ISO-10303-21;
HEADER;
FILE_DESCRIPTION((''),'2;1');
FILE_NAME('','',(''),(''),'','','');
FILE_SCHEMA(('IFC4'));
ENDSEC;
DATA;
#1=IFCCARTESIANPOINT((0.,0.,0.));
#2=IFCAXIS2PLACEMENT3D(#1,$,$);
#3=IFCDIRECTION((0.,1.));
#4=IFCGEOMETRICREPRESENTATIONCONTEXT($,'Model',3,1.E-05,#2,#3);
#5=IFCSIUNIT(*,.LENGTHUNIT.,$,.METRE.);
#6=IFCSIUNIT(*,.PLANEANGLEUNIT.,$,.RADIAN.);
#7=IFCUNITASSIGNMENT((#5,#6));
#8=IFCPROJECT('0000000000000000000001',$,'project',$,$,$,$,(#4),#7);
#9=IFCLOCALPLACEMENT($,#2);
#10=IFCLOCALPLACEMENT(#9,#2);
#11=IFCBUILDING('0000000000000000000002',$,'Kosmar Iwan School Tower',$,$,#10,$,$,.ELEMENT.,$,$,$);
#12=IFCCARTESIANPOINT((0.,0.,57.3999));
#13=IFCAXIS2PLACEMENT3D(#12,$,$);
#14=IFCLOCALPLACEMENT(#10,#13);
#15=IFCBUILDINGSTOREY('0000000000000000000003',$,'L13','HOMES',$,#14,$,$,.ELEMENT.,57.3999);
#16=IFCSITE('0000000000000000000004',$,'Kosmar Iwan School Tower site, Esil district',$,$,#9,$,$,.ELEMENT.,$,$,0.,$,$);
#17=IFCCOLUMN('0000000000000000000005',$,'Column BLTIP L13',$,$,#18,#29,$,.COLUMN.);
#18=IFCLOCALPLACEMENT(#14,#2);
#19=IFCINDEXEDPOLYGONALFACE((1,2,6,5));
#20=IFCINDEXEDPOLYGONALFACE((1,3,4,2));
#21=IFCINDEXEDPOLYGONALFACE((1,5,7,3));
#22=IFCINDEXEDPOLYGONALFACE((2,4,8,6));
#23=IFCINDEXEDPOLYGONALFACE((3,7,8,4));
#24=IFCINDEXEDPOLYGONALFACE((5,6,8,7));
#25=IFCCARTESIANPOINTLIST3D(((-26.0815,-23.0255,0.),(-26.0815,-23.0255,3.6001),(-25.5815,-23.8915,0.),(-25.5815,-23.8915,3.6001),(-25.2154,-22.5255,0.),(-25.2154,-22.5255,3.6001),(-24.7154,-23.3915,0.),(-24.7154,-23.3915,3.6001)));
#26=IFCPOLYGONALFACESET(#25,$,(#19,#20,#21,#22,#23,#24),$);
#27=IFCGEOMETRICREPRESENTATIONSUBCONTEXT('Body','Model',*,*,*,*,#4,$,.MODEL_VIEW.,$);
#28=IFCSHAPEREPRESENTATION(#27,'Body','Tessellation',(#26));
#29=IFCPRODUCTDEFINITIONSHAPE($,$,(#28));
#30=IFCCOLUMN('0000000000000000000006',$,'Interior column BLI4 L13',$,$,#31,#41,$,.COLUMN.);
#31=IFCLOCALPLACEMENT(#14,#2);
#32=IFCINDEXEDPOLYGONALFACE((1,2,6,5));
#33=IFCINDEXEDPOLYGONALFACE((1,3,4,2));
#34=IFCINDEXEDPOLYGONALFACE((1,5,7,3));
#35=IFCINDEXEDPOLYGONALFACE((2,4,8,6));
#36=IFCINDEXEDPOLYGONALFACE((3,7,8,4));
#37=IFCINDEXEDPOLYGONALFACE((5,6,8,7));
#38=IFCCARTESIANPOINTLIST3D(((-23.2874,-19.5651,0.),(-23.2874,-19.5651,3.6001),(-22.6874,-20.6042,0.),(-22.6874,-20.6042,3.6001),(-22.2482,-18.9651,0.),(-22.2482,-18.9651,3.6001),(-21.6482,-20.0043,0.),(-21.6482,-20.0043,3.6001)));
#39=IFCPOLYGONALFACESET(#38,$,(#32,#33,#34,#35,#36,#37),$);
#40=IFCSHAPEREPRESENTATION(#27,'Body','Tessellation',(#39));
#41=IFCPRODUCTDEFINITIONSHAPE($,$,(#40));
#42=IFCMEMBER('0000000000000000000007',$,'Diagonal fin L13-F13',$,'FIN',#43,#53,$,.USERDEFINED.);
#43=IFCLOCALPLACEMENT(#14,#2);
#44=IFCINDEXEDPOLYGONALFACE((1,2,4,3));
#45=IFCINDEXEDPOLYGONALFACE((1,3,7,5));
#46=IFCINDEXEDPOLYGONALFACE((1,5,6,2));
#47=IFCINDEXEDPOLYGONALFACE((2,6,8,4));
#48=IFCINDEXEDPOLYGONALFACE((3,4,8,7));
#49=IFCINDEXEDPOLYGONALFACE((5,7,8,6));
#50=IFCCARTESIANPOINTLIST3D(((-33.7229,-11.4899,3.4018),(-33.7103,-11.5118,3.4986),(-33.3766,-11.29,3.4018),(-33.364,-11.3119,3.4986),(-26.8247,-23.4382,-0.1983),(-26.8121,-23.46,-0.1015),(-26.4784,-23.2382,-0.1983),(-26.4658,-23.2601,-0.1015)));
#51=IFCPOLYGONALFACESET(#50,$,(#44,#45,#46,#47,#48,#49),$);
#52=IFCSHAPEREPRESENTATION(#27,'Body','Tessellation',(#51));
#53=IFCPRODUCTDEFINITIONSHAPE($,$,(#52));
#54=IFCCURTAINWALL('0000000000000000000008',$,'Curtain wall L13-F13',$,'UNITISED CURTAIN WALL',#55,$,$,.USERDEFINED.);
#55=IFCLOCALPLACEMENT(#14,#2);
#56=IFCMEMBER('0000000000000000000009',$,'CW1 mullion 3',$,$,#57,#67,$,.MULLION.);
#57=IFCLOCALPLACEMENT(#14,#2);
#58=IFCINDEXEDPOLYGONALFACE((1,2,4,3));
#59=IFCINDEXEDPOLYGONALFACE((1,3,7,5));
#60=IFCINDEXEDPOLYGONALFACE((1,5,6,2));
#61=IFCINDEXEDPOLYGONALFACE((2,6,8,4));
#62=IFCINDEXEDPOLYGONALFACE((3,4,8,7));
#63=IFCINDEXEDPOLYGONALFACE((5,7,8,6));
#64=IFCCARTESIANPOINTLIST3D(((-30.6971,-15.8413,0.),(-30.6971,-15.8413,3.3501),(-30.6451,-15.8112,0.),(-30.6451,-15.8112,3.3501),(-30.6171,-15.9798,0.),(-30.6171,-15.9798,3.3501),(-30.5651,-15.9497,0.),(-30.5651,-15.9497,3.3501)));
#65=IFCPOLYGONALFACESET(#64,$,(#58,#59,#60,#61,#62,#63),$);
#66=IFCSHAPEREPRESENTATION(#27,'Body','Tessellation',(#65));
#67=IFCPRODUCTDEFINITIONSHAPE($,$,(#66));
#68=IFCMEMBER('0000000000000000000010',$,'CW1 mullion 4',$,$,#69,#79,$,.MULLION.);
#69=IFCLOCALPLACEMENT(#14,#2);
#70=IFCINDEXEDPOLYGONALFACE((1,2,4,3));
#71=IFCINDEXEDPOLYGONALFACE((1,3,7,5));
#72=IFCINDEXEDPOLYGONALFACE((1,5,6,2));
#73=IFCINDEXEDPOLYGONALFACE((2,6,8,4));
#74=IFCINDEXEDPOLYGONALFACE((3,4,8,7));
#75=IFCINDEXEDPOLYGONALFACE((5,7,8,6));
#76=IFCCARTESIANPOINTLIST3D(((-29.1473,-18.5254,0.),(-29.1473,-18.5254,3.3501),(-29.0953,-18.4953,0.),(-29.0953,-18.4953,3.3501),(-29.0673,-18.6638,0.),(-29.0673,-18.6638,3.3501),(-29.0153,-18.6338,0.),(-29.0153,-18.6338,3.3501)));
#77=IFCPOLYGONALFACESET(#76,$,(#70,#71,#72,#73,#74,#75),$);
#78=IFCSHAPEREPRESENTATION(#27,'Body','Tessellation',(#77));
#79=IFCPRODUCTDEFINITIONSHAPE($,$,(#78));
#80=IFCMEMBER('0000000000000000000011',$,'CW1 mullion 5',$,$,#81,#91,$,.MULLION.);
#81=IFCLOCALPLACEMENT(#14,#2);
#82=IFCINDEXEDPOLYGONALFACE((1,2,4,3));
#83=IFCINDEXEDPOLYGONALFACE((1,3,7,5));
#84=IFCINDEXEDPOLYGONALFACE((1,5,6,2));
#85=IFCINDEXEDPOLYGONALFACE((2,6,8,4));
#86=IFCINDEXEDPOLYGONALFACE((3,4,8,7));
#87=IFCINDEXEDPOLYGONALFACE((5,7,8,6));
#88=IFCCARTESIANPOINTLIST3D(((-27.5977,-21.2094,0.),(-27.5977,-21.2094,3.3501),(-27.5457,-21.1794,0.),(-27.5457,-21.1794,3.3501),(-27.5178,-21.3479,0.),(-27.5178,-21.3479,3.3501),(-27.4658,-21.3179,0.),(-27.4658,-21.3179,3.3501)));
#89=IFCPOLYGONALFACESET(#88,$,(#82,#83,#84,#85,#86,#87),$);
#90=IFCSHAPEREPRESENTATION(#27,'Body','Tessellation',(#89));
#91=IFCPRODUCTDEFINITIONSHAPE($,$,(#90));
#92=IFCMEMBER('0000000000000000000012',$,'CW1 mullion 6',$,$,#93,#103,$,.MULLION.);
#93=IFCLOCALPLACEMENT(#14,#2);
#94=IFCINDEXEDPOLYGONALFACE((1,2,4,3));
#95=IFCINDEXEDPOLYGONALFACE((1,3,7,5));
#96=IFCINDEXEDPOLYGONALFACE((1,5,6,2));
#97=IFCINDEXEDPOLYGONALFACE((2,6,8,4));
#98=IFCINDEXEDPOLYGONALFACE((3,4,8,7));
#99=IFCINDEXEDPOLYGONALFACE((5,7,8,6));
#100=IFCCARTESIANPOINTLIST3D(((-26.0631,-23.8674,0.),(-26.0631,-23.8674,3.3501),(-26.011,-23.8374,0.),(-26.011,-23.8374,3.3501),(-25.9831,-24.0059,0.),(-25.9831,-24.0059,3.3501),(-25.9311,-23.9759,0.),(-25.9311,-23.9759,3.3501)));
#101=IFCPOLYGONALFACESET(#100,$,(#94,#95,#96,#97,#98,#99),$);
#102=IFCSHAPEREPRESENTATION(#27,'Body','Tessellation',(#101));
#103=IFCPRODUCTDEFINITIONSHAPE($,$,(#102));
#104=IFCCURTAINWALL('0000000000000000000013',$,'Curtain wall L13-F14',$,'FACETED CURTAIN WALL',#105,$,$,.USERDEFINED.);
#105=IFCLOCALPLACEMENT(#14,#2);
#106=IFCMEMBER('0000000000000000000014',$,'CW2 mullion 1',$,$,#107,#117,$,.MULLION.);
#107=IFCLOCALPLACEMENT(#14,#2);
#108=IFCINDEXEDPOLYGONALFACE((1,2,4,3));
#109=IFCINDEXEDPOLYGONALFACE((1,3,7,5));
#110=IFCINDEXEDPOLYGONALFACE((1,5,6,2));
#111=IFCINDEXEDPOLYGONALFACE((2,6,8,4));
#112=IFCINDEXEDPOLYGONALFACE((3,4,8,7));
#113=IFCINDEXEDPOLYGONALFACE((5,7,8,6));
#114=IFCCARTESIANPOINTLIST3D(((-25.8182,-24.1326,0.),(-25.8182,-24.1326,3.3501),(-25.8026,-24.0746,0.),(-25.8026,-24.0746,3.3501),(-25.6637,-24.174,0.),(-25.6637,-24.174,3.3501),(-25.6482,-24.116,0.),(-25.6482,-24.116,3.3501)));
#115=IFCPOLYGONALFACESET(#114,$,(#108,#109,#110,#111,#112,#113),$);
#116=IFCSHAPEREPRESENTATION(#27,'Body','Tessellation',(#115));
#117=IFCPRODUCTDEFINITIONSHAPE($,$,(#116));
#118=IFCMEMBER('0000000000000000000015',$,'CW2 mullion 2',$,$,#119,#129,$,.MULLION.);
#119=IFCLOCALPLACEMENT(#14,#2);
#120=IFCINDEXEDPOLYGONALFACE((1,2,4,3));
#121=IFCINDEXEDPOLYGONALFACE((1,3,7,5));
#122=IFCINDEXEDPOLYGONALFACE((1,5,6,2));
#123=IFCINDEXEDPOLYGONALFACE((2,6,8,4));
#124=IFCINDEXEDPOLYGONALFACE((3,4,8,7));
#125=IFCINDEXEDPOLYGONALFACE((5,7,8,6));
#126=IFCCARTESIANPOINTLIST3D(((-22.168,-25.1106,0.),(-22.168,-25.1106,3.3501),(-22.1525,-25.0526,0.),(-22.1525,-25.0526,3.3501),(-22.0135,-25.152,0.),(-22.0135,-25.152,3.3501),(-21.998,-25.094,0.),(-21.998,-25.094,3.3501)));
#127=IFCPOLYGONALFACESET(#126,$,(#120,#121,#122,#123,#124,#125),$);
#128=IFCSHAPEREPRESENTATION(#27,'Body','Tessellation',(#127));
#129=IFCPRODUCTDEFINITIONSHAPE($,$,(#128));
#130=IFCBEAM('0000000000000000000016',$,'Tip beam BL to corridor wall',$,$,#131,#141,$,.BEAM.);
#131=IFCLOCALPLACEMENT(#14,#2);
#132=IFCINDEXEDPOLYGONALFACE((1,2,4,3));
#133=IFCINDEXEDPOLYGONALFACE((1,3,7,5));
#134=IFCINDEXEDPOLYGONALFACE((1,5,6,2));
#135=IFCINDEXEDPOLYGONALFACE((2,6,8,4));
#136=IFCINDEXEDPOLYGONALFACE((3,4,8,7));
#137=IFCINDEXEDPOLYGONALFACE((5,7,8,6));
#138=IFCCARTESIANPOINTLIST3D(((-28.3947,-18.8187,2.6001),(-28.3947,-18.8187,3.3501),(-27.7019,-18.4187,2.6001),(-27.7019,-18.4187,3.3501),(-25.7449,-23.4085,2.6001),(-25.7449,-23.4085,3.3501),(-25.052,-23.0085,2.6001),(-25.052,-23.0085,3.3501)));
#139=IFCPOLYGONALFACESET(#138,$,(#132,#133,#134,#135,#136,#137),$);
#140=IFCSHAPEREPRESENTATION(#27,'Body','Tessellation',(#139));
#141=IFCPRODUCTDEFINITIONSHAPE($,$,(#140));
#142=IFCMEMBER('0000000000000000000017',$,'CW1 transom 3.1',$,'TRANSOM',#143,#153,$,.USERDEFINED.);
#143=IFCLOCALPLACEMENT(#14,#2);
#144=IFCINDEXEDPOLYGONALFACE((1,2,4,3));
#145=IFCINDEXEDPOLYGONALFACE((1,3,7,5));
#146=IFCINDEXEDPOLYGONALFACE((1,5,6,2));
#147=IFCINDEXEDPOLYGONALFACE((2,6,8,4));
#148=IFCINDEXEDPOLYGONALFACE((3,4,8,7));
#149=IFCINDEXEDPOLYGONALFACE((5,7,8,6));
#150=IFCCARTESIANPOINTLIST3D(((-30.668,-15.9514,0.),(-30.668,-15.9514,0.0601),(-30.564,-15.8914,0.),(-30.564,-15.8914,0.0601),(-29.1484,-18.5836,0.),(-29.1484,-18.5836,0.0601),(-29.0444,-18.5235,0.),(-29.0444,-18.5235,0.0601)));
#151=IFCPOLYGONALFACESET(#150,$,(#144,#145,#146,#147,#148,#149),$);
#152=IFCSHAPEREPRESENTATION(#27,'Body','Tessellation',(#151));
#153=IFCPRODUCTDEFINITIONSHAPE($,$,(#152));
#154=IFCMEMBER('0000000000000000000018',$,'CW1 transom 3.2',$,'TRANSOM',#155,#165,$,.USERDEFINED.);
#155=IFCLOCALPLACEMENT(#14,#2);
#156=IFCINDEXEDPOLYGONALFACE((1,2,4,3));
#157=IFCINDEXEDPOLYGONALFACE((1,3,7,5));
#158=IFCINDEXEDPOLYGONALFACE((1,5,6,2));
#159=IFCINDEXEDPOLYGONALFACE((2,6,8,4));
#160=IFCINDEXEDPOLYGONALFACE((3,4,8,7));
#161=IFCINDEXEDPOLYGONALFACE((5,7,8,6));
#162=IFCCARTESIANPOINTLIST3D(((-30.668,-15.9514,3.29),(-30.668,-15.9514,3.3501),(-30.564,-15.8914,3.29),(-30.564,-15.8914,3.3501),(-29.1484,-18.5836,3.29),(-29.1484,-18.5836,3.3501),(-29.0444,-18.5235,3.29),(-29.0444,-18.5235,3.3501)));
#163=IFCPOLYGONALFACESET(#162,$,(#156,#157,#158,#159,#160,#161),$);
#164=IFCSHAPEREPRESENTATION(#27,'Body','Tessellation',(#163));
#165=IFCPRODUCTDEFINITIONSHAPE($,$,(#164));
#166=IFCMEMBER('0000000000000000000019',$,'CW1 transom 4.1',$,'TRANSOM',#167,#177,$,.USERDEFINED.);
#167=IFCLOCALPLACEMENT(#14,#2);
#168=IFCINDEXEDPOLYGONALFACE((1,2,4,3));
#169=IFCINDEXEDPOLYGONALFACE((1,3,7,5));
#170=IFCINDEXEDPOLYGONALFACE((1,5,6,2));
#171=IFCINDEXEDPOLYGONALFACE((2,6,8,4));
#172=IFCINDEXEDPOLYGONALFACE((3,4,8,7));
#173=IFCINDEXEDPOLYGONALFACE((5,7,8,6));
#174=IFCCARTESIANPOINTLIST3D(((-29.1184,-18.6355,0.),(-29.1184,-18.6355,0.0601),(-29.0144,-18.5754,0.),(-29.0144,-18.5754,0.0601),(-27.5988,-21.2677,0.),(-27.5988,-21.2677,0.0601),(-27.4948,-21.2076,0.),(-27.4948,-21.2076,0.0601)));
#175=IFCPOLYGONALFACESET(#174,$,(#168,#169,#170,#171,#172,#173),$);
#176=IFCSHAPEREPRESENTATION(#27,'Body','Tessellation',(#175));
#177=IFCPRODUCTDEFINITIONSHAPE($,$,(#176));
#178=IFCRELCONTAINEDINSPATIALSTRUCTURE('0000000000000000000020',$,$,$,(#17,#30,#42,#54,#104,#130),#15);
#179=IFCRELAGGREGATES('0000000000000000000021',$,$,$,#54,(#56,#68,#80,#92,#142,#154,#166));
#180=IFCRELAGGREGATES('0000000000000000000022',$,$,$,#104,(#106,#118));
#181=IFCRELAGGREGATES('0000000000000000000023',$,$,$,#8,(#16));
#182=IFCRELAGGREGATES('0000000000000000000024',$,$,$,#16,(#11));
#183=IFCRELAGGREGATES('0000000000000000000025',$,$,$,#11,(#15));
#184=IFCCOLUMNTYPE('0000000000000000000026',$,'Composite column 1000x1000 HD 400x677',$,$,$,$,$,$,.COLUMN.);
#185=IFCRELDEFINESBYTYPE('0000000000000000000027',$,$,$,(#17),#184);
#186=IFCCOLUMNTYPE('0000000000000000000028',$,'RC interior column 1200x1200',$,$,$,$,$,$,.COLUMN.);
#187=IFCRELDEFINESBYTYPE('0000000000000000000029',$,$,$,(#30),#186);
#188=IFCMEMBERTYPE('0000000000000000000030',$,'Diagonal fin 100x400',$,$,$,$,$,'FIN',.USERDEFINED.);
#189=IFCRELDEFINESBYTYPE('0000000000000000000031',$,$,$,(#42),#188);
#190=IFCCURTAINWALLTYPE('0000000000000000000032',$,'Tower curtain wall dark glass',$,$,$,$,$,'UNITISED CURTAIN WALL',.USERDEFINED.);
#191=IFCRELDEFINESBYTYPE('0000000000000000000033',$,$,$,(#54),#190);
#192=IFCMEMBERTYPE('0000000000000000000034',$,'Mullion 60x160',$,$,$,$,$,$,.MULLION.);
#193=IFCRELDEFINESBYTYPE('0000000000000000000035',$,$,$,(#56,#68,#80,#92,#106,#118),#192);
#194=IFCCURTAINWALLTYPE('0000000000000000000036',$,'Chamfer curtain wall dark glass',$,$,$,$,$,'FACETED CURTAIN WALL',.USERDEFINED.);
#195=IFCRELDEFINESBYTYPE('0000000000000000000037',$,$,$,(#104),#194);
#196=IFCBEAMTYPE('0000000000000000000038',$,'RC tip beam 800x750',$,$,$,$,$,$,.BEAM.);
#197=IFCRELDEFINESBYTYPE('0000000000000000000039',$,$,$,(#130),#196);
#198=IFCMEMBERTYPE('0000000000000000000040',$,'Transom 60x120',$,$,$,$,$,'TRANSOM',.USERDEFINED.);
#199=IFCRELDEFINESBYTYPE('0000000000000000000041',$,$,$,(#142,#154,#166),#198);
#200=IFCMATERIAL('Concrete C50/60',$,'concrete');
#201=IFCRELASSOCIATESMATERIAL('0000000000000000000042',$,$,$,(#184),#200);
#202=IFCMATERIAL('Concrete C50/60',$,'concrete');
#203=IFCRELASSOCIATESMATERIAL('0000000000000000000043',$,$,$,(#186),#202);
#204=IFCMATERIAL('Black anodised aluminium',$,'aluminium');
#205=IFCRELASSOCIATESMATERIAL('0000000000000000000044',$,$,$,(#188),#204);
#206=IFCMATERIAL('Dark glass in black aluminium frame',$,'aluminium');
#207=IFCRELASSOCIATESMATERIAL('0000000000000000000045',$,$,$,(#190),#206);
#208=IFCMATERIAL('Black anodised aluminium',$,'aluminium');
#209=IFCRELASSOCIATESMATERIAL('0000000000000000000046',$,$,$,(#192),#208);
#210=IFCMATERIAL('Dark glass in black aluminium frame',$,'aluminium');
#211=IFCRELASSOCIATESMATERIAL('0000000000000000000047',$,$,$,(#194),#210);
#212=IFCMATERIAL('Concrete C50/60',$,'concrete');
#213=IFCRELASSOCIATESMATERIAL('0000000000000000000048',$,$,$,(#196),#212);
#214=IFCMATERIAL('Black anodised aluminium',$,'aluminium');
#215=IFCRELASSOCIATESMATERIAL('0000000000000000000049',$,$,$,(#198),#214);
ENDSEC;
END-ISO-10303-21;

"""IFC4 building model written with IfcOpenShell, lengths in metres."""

from ifc_helpers import new_model, si_unit, direction, frame, origin, origin_2d, place, context, subcontext, project, spatial, rectangle, extrude, material, material_profile, profile_set, type_object, element, aggregate, save


model = new_model("IFC4")

# Units and contexts
model_context = context("Model", 3, precision=1e-05, world=origin(), true_north=direction((0.0, 1.0)))
body_context = subcontext(model_context, "Body", "Model", "MODEL_VIEW")
ifc_project = project(units=[si_unit("LENGTHUNIT", "METRE"), si_unit("PLANEANGLEUNIT", "RADIAN")], contexts=[model_context])

# Site, building, storey
site_placement = place(None, origin())
site = spatial("IfcSite", under=ifc_project, at=site_placement, Name="Kosmar Iwan School Tower site, Esil district", CompositionType="ELEMENT", RefElevation=0.0)
building_placement = place(site_placement, origin())
building = spatial("IfcBuilding", under=site, at=building_placement, Name="Kosmar Iwan School Tower", CompositionType="ELEMENT")
storey_placement = place(building_placement, frame((0.0, 0.0, 57.3999)))
storey = spatial("IfcBuildingStorey", under=building, at=storey_placement, Name="L13", Description="HOMES", CompositionType="ELEMENT", Elevation=57.3999)

# Columns
ifc_material_1 = material(Name="Concrete C50/60", Category="concrete")
ifc_material_profile_1 = material_profile(ifc_material_1, rectangle(XDim=1.0, YDim=1.0, at=origin_2d()), Name="RC 1000x1000 + HD 400x677")
ifc_profile_set_1 = profile_set([ifc_material_profile_1], Name="Concrete C50/60")
column_type_1 = type_object("IfcColumnType", Name="Composite column 1000x1000 HD 400x677", PredefinedType="COLUMN", material=ifc_profile_set_1)
column_1_placement = place(storey_placement, frame((-25.3984, -23.2085, 0.0), z_axis=(0.0, 0.0, 1.0), x_axis=(-0.866025, -0.5, 0.0)))
element("IfcColumn", 1, at=column_1_placement, inside=storey, type_object=column_type_1, Name="Column BLTIP L13", PredefinedType="COLUMN", context=body_context, shape_type="SweptSolid", body=[
    extrude(rectangle(XDim=1.0, YDim=1.0, at=origin_2d()), origin(), (0.0, 0.0, 1.0), 3.6001),
])
ifc_material_2 = material(Name="Concrete C50/60", Category="concrete")
ifc_material_profile_2 = material_profile(ifc_material_2, rectangle(XDim=1.2, YDim=1.2, at=origin_2d()), Name="RC 1200x1200")
ifc_profile_set_2 = profile_set([ifc_material_profile_2], Name="Concrete C50/60")
column_type_2 = type_object("IfcColumnType", Name="RC interior column 1200x1200", PredefinedType="COLUMN", material=ifc_profile_set_2)
column_2_placement = place(storey_placement, frame((-22.4678, -19.7847, 0.0), z_axis=(0.0, 0.0, 1.0), x_axis=(-0.866025, -0.5, 0.0)))
element("IfcColumn", 2, at=column_2_placement, inside=storey, type_object=column_type_2, Name="Interior column BLI4 L13", PredefinedType="COLUMN", context=body_context, shape_type="SweptSolid", body=[
    extrude(rectangle(XDim=1.2, YDim=1.2, at=origin_2d()), origin(), (0.0, 0.0, 1.0), 3.6001),
])

# Member
ifc_material_3 = material(Name="Black anodised aluminium", Category="aluminium")
ifc_material_profile_3 = material_profile(ifc_material_3, rectangle(XDim=0.1001, YDim=0.3999, at=origin_2d()), Name="FIN 100x400")
ifc_profile_set_3 = profile_set([ifc_material_profile_3], Name="Black anodised aluminium")
member_type_1 = type_object("IfcMemberType", Name="Diagonal fin 100x400", ElementType="FIN", PredefinedType="USERDEFINED", material=ifc_profile_set_3)
member_1_placement = place(storey_placement, frame((-26.6453, -23.3491, -0.1499), z_axis=(-0.483793, 0.83797, 0.252487), x_axis=(0.126242, -0.218661, 0.9676)))
element("IfcMember", 3, at=member_1_placement, inside=storey, type_object=member_type_1, Name="Diagonal fin L13-F13", ObjectType="FIN", PredefinedType="USERDEFINED", context=body_context, shape_type="SweptSolid", body=[
    extrude(rectangle(XDim=0.1001, YDim=0.3999, at=origin_2d()), origin(), (0.0, 0.0, 1.0), 14.2585),
])

# Curtain walls, members
ifc_material_4 = material(Name="Dark glass in black aluminium frame", Category="aluminium")
curtain_wall_type_1 = type_object("IfcCurtainWallType", Name="Tower curtain wall dark glass", ElementType="UNITISED CURTAIN WALL", PredefinedType="USERDEFINED", material=ifc_material_4)
curtain_wall_1_placement = place(storey_placement, origin())
curtain_wall_1 = element("IfcCurtainWall", 4, at=curtain_wall_1_placement, inside=storey, type_object=curtain_wall_type_1, Name="Curtain wall L13-F13", ObjectType="UNITISED CURTAIN WALL", PredefinedType="USERDEFINED")
ifc_material_5 = material(Name="Black anodised aluminium", Category="aluminium")
ifc_material_profile_4 = material_profile(ifc_material_5, rectangle(XDim=0.0601, YDim=0.1599, at=origin_2d()), Name="MULLION 60x160")
ifc_profile_set_4 = profile_set([ifc_material_profile_4], Name="Black anodised aluminium")
member_type_2 = type_object("IfcMemberType", Name="Mullion 60x160", PredefinedType="MULLION", material=ifc_profile_set_4)
member_2_placement = place(storey_placement, frame((-30.6311, -15.8955, 0.0), z_axis=(0.0, 0.0, 1.0), x_axis=(0.866025, 0.5, 0.0)))
member_2 = element("IfcMember", 5, at=member_2_placement, type_object=member_type_2, Name="CW1 mullion 3", PredefinedType="MULLION", context=body_context, shape_type="SweptSolid", body=[
    extrude(rectangle(XDim=0.0601, YDim=0.1599, at=origin_2d()), origin(), (0.0, 0.0, 1.0), 3.3501),
])
member_3_placement = place(storey_placement, frame((-29.0813, -18.5796, 0.0), z_axis=(0.0, 0.0, 1.0), x_axis=(0.866025, 0.5, 0.0)))
member_3 = element("IfcMember", 6, at=member_3_placement, type_object=member_type_2, Name="CW1 mullion 4", PredefinedType="MULLION", context=body_context, shape_type="SweptSolid", body=[
    extrude(rectangle(XDim=0.0601, YDim=0.1599, at=origin_2d()), origin(), (0.0, 0.0, 1.0), 3.3501),
])
member_4_placement = place(storey_placement, frame((-27.5317, -21.2637, 0.0), z_axis=(0.0, 0.0, 1.0), x_axis=(0.866025, 0.5, 0.0)))
member_4 = element("IfcMember", 7, at=member_4_placement, type_object=member_type_2, Name="CW1 mullion 5", PredefinedType="MULLION", context=body_context, shape_type="SweptSolid", body=[
    extrude(rectangle(XDim=0.0601, YDim=0.1599, at=origin_2d()), origin(), (0.0, 0.0, 1.0), 3.3501),
])
member_5_placement = place(storey_placement, frame((-25.9971, -23.9216, 0.0), z_axis=(0.0, 0.0, 1.0), x_axis=(0.866025, 0.5, 0.0)))
member_5 = element("IfcMember", 8, at=member_5_placement, type_object=member_type_2, Name="CW1 mullion 6", PredefinedType="MULLION", context=body_context, shape_type="SweptSolid", body=[
    extrude(rectangle(XDim=0.0601, YDim=0.1599, at=origin_2d()), origin(), (0.0, 0.0, 1.0), 3.3501),
])
ifc_material_6 = material(Name="Dark glass in black aluminium frame", Category="aluminium")
curtain_wall_type_2 = type_object("IfcCurtainWallType", Name="Chamfer curtain wall dark glass", ElementType="FACETED CURTAIN WALL", PredefinedType="USERDEFINED", material=ifc_material_6)
curtain_wall_2_placement = place(storey_placement, origin())
curtain_wall_2 = element("IfcCurtainWall", 9, at=curtain_wall_2_placement, inside=storey, type_object=curtain_wall_type_2, Name="Curtain wall L13-F14", ObjectType="FACETED CURTAIN WALL", PredefinedType="USERDEFINED")
member_6_placement = place(storey_placement, frame((-25.7332, -24.1243, 0.0), z_axis=(0.0, 0.0, 1.0), x_axis=(0.258819, 0.965926, 0.0)))
member_6 = element("IfcMember", 10, at=member_6_placement, type_object=member_type_2, Name="CW2 mullion 1", PredefinedType="MULLION", context=body_context, shape_type="SweptSolid", body=[
    extrude(rectangle(XDim=0.0601, YDim=0.1599, at=origin_2d()), origin(), (0.0, 0.0, 1.0), 3.3501),
])
member_7_placement = place(storey_placement, frame((-22.083, -25.1023, 0.0), z_axis=(0.0, 0.0, 1.0), x_axis=(0.258819, 0.965926, 0.0)))
member_7 = element("IfcMember", 11, at=member_7_placement, type_object=member_type_2, Name="CW2 mullion 2", PredefinedType="MULLION", context=body_context, shape_type="SweptSolid", body=[
    extrude(rectangle(XDim=0.0601, YDim=0.1599, at=origin_2d()), origin(), (0.0, 0.0, 1.0), 3.3501),
])

# Beam
ifc_material_7 = material(Name="Concrete C50/60", Category="concrete")
ifc_material_profile_5 = material_profile(ifc_material_7, rectangle(XDim=0.8, YDim=0.75, at=origin_2d()), Name="RC 800x750")
ifc_profile_set_5 = profile_set([ifc_material_profile_5], Name="Concrete C50/60")
beam_type = type_object("IfcBeamType", Name="RC tip beam 800x750", PredefinedType="BEAM", material=ifc_profile_set_5)
beam_placement = place(storey_placement, frame((-25.3984, -23.2085, 2.9751), z_axis=(-0.499994, 0.866029, 0.0), x_axis=(-0.866029, -0.499994, 0.0)))
element("IfcBeam", 12, at=beam_placement, inside=storey, type_object=beam_type, Name="Tip beam BL to corridor wall", PredefinedType="BEAM", context=body_context, shape_type="SweptSolid", body=[
    extrude(rectangle(XDim=0.8, YDim=0.75, at=origin_2d()), origin(), (0.0, 0.0, 1.0), 5.2998),
])

# Members
ifc_material_8 = material(Name="Black anodised aluminium", Category="aluminium")
ifc_material_profile_6 = material_profile(ifc_material_8, rectangle(XDim=0.1201, YDim=0.0601, at=origin_2d()), Name="TRANSOM 60x120")
ifc_profile_set_6 = profile_set([ifc_material_profile_6], Name="Black anodised aluminium")
member_type_3 = type_object("IfcMemberType", Name="Transom 60x120", ElementType="TRANSOM", PredefinedType="USERDEFINED", material=ifc_profile_set_6)
member_8_placement = place(storey_placement, frame((-30.616, -15.9214, 0.03), z_axis=(0.499975, -0.86604, 0.0), x_axis=(0.86604, 0.499975, 0.0)))
member_8 = element("IfcMember", 13, at=member_8_placement, type_object=member_type_3, Name="CW1 transom 3.1", ObjectType="TRANSOM", PredefinedType="USERDEFINED", context=body_context, shape_type="SweptSolid", body=[
    extrude(rectangle(XDim=0.1201, YDim=0.0601, at=origin_2d()), origin(), (0.0, 0.0, 1.0), 3.0393),
])
member_9_placement = place(storey_placement, frame((-30.616, -15.9214, 3.3201), z_axis=(0.499975, -0.86604, 0.0), x_axis=(0.86604, 0.499975, 0.0)))
member_9 = element("IfcMember", 14, at=member_9_placement, type_object=member_type_3, Name="CW1 transom 3.2", ObjectType="TRANSOM", PredefinedType="USERDEFINED", context=body_context, shape_type="SweptSolid", body=[
    extrude(rectangle(XDim=0.1201, YDim=0.0601, at=origin_2d()), origin(), (0.0, 0.0, 1.0), 3.0393),
])
member_10_placement = place(storey_placement, frame((-29.0664, -18.6055, 0.03), z_axis=(0.499975, -0.86604, 0.0), x_axis=(0.86604, 0.499975, 0.0)))
member_10 = element("IfcMember", 15, at=member_10_placement, type_object=member_type_3, Name="CW1 transom 4.1", ObjectType="TRANSOM", PredefinedType="USERDEFINED", context=body_context, shape_type="SweptSolid", body=[
    extrude(rectangle(XDim=0.1201, YDim=0.0601, at=origin_2d()), origin(), (0.0, 0.0, 1.0), 3.0393),
])

aggregate(curtain_wall_1, [member_2, member_3, member_4, member_5, member_8, member_9, member_10])
aggregate(curtain_wall_2, [member_6, member_7])

save(model, "model.ifc")
